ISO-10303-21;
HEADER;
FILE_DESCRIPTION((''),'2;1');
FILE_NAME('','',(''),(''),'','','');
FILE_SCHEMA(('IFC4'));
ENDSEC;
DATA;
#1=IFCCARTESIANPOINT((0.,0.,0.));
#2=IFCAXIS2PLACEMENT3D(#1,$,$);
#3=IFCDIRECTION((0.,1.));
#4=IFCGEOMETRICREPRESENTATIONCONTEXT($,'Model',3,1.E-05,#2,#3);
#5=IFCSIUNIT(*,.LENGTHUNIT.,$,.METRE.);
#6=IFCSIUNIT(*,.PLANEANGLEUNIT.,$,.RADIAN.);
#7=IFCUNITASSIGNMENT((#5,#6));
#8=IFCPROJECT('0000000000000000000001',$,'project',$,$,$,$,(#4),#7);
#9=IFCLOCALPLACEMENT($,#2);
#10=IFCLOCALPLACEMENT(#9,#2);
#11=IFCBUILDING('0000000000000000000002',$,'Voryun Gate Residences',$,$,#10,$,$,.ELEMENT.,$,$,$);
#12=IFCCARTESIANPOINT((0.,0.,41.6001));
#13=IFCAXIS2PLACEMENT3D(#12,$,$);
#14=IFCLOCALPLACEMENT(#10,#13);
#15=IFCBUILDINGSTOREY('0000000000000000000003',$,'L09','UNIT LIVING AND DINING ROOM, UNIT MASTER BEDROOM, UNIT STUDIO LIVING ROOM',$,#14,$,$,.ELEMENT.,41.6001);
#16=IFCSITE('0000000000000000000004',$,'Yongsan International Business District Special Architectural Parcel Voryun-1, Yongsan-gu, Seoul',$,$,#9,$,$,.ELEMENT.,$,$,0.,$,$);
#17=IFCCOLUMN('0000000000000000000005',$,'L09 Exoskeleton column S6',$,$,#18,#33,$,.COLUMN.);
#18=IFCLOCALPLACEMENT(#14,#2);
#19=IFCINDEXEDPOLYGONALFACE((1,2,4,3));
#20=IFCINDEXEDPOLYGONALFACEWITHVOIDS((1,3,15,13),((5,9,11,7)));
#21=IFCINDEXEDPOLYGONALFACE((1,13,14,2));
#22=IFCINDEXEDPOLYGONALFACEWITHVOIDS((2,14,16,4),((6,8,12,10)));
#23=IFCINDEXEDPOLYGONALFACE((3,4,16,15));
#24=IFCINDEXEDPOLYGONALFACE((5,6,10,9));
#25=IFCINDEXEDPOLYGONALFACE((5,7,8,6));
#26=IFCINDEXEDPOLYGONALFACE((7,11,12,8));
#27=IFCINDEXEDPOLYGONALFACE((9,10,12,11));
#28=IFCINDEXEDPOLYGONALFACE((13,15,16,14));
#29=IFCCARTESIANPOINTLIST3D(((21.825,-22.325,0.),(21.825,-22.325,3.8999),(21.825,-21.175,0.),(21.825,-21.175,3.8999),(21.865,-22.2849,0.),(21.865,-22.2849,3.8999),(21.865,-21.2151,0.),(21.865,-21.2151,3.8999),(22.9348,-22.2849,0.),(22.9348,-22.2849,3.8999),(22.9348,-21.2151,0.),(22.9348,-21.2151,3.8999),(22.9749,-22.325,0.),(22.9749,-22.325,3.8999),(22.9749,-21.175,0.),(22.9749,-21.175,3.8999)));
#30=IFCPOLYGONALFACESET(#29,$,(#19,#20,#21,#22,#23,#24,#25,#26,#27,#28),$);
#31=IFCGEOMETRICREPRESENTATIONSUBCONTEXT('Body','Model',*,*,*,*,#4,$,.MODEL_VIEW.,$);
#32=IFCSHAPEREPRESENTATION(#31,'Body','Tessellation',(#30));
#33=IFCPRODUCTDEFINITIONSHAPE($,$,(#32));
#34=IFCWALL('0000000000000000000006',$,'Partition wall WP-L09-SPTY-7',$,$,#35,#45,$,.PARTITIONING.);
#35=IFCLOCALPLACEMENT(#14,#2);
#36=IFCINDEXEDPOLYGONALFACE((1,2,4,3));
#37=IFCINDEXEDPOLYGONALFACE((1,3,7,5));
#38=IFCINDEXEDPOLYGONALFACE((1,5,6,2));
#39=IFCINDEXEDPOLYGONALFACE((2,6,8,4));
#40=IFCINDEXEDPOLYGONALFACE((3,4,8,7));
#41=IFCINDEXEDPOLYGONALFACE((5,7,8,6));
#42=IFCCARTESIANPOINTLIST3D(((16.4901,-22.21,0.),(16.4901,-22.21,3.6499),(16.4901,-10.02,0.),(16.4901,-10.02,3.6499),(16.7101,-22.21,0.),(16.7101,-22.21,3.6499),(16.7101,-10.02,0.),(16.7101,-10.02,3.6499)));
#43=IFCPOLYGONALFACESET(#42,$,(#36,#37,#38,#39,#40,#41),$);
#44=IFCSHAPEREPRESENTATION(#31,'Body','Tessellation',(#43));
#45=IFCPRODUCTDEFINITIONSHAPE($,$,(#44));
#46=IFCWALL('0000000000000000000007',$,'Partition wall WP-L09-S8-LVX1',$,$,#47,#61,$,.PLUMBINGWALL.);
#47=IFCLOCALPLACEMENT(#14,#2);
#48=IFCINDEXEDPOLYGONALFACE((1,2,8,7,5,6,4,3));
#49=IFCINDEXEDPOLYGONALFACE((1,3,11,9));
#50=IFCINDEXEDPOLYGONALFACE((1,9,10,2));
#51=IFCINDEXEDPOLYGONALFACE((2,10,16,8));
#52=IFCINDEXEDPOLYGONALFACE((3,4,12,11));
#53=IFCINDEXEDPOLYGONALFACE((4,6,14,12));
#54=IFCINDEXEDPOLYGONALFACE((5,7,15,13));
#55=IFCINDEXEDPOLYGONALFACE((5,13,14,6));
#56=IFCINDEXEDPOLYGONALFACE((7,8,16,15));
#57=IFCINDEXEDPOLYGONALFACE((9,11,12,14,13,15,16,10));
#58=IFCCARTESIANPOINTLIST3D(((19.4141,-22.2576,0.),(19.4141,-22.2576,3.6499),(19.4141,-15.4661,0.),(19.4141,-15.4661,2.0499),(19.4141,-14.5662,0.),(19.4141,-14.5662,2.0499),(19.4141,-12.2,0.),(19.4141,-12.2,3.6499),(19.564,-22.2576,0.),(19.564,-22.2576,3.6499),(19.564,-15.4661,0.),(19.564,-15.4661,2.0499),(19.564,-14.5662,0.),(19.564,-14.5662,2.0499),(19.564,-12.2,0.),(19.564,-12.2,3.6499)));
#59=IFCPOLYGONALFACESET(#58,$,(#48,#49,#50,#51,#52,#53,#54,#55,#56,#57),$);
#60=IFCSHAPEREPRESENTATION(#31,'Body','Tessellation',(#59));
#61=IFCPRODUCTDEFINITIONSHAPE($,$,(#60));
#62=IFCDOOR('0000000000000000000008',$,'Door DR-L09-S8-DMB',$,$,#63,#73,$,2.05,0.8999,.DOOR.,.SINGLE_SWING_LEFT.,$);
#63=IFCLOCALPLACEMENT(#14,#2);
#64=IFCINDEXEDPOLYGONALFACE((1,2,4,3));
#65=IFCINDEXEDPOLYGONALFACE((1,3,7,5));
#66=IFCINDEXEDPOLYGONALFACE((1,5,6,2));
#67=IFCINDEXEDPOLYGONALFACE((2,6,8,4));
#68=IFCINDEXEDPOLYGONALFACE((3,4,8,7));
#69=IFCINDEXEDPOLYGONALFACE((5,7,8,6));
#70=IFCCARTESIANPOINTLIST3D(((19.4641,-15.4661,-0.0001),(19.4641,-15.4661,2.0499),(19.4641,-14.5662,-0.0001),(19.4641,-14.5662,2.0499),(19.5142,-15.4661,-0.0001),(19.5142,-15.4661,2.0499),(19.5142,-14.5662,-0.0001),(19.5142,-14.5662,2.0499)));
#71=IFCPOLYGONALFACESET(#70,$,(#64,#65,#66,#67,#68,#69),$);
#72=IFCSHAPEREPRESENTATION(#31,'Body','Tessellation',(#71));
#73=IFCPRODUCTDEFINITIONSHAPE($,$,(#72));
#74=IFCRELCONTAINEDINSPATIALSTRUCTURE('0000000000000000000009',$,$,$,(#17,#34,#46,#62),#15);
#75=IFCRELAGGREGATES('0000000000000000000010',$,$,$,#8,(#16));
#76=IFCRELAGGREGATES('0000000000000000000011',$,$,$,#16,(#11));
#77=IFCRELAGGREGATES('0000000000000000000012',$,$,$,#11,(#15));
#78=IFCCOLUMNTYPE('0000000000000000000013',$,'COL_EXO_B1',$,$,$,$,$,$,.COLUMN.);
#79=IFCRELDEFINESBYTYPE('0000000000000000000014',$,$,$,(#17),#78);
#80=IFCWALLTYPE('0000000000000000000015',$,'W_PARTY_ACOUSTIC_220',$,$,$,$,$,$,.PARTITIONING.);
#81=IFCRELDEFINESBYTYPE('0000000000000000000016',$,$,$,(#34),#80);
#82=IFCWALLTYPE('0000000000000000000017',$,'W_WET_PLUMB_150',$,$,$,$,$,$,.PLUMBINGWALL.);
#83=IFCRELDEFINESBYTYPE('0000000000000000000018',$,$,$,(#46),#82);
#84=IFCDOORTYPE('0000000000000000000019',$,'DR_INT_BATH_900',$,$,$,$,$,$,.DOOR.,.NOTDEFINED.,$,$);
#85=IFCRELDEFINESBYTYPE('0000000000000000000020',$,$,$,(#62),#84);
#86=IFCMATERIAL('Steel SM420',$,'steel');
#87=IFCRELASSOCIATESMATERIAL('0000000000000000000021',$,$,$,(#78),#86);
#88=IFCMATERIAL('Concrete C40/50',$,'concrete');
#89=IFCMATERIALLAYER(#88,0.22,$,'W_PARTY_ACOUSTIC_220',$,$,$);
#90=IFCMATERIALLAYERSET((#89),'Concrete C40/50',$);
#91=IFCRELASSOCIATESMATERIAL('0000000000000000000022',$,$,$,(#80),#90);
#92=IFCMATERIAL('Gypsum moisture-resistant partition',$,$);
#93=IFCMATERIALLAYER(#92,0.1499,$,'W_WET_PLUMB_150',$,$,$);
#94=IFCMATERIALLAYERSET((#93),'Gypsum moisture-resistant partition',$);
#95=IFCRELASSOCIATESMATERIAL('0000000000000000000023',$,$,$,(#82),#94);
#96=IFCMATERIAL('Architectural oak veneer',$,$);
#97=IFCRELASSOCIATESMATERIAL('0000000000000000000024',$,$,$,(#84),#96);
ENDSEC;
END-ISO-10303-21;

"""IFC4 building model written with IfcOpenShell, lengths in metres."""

from ifc_helpers import new_model, si_unit, direction, frame, frame_2d, origin, origin_2d, place, context, subcontext, project, spatial, rectangle, hollow_rectangle, extrude, material, layer, layer_set, material_profile, profile_set, type_object, element, fill, save


model = new_model("IFC4")

# Units and contexts
model_context = context("Model", 3, precision=1e-05, world=origin(), true_north=direction((0.0, 1.0)))
body_context = subcontext(model_context, "Body", "Model", "MODEL_VIEW")
ifc_project = project(units=[si_unit("LENGTHUNIT", "METRE"), si_unit("PLANEANGLEUNIT", "RADIAN")], contexts=[model_context])

# Site, building, storey
site_placement = place(None, origin())
site = spatial("IfcSite", under=ifc_project, at=site_placement, Name="Yongsan International Business District Special Architectural Parcel Voryun-1, Yongsan-gu, Seoul", CompositionType="ELEMENT", RefElevation=0.0)
building_placement = place(site_placement, origin())
building = spatial("IfcBuilding", under=site, at=building_placement, Name="Voryun Gate Residences", CompositionType="ELEMENT")
storey_placement = place(building_placement, frame((0.0, 0.0, 41.6001)))
storey = spatial("IfcBuildingStorey", under=building, at=storey_placement, Name="L09", Description="UNIT LIVING AND DINING ROOM, UNIT MASTER BEDROOM, UNIT STUDIO LIVING ROOM", CompositionType="ELEMENT", Elevation=41.6001)

# Column
ifc_material_1 = material(Name="Steel SM420", Category="steel")
ifc_material_profile = material_profile(ifc_material_1, hollow_rectangle(XDim=1.1499, YDim=1.1499, WallThickness=0.04, at=origin_2d()), Name="BOX-1150x1150x40")
ifc_profile_set = profile_set([ifc_material_profile], Name="Steel SM420")
column_type = type_object("IfcColumnType", Name="COL_EXO_B1", PredefinedType="COLUMN", material=ifc_profile_set)
column_placement = place(storey_placement, frame((22.3999, -21.75, 0.0), z_axis=(0.0, 0.0, 1.0), x_axis=(1.0, 0.0, 0.0)))
element("IfcColumn", 1, at=column_placement, inside=storey, type_object=column_type, Name="L09 Exoskeleton column S6", PredefinedType="COLUMN", context=body_context, shape_type="SweptSolid", body=[
    extrude(hollow_rectangle(XDim=1.1499, YDim=1.1499, WallThickness=0.04, at=origin_2d()), origin(), (0.0, 0.0, 1.0), 3.8999),
])

# Wall
ifc_material_2 = material(Name="Concrete C40/50", Category="concrete")
ifc_layer_1 = layer(ifc_material_2, 0.22, Name="W_PARTY_ACOUSTIC_220")
ifc_layer_set_1 = layer_set([ifc_layer_1], Name="Concrete C40/50")
wall_type_1 = type_object("IfcWallType", Name="W_PARTY_ACOUSTIC_220", PredefinedType="PARTITIONING", material=ifc_layer_set_1)
wall_1_placement = place(storey_placement, frame((16.6001, -22.21, 0.0), z_axis=(0.0, 0.0, 1.0), x_axis=(0.0, 1.0, 0.0)))
element("IfcWall", 2, at=wall_1_placement, inside=storey, type_object=wall_type_1, Name="Partition wall WP-L09-SPTY-7", PredefinedType="PARTITIONING", context=body_context, shape_type="SweptSolid", body=[
    extrude(rectangle(XDim=12.1899, YDim=0.22, at=frame_2d((6.095, 0.0))), origin(), (0.0, 0.0, 1.0), 3.6499),
])

# Wall, opening, door
ifc_material_3 = material(Name="Gypsum moisture-resistant partition")
ifc_layer_2 = layer(ifc_material_3, 0.1499, Name="W_WET_PLUMB_150")
ifc_layer_set_2 = layer_set([ifc_layer_2], Name="Gypsum moisture-resistant partition")
wall_type_2 = type_object("IfcWallType", Name="W_WET_PLUMB_150", PredefinedType="PLUMBINGWALL", material=ifc_layer_set_2)
wall_2_placement = place(storey_placement, frame((19.489, -22.2576, 0.0), z_axis=(0.0, 0.0, 1.0), x_axis=(0.0, 1.0, 0.0)))
wall_2 = element("IfcWall", 3, at=wall_2_placement, inside=storey, type_object=wall_type_2, Name="Partition wall WP-L09-S8-LVX1", PredefinedType="PLUMBINGWALL", context=body_context, shape_type="SweptSolid", body=[
    extrude(rectangle(XDim=10.0576, YDim=0.1499, at=frame_2d((5.0288, 0.0))), origin(), (0.0, 0.0, 1.0), 3.6499),
])
opening_1_placement = place(wall_2_placement, frame((6.7915, 0.0, 0.0)))
opening_1 = element("IfcOpeningElement", 4, at=opening_1_placement, cuts=wall_2, PredefinedType="OPENING", context=body_context, shape_type="SweptSolid", body=[
    extrude(rectangle(XDim=0.8999, YDim=2.05, at=frame_2d((0.45, 1.0249))), frame((0.0, 0.085, 0.0), z_axis=(0.0, -1.0, 0.0), x_axis=(1.0, 0.0, 0.0)), (0.0, 0.0, 1.0), 0.1699),
])
ifc_material_4 = material(Name="Architectural oak veneer")
door_type = type_object("IfcDoorType", Name="DR_INT_BATH_900", OperationType="NOTDEFINED", PredefinedType="DOOR", material=ifc_material_4)
door_placement = place(opening_1_placement, origin())
door = element("IfcDoor", 5, at=door_placement, inside=storey, type_object=door_type, Name="Door DR-L09-S8-DMB", OperationType="SINGLE_SWING_LEFT", OverallHeight=2.05, OverallWidth=0.8999, PredefinedType="DOOR", context=body_context, shape_type="SweptSolid", body=[
    extrude(rectangle(XDim=0.8999, YDim=2.05, at=frame_2d((0.45, 1.0249))), frame((0.0, 0.0249, 0.0), z_axis=(0.0, -1.0, 0.0), x_axis=(1.0, 0.0, 0.0)), (0.0, 0.0, 1.0), 0.05),
])
fill(opening_1, door)

save(model, "model.ifc")
